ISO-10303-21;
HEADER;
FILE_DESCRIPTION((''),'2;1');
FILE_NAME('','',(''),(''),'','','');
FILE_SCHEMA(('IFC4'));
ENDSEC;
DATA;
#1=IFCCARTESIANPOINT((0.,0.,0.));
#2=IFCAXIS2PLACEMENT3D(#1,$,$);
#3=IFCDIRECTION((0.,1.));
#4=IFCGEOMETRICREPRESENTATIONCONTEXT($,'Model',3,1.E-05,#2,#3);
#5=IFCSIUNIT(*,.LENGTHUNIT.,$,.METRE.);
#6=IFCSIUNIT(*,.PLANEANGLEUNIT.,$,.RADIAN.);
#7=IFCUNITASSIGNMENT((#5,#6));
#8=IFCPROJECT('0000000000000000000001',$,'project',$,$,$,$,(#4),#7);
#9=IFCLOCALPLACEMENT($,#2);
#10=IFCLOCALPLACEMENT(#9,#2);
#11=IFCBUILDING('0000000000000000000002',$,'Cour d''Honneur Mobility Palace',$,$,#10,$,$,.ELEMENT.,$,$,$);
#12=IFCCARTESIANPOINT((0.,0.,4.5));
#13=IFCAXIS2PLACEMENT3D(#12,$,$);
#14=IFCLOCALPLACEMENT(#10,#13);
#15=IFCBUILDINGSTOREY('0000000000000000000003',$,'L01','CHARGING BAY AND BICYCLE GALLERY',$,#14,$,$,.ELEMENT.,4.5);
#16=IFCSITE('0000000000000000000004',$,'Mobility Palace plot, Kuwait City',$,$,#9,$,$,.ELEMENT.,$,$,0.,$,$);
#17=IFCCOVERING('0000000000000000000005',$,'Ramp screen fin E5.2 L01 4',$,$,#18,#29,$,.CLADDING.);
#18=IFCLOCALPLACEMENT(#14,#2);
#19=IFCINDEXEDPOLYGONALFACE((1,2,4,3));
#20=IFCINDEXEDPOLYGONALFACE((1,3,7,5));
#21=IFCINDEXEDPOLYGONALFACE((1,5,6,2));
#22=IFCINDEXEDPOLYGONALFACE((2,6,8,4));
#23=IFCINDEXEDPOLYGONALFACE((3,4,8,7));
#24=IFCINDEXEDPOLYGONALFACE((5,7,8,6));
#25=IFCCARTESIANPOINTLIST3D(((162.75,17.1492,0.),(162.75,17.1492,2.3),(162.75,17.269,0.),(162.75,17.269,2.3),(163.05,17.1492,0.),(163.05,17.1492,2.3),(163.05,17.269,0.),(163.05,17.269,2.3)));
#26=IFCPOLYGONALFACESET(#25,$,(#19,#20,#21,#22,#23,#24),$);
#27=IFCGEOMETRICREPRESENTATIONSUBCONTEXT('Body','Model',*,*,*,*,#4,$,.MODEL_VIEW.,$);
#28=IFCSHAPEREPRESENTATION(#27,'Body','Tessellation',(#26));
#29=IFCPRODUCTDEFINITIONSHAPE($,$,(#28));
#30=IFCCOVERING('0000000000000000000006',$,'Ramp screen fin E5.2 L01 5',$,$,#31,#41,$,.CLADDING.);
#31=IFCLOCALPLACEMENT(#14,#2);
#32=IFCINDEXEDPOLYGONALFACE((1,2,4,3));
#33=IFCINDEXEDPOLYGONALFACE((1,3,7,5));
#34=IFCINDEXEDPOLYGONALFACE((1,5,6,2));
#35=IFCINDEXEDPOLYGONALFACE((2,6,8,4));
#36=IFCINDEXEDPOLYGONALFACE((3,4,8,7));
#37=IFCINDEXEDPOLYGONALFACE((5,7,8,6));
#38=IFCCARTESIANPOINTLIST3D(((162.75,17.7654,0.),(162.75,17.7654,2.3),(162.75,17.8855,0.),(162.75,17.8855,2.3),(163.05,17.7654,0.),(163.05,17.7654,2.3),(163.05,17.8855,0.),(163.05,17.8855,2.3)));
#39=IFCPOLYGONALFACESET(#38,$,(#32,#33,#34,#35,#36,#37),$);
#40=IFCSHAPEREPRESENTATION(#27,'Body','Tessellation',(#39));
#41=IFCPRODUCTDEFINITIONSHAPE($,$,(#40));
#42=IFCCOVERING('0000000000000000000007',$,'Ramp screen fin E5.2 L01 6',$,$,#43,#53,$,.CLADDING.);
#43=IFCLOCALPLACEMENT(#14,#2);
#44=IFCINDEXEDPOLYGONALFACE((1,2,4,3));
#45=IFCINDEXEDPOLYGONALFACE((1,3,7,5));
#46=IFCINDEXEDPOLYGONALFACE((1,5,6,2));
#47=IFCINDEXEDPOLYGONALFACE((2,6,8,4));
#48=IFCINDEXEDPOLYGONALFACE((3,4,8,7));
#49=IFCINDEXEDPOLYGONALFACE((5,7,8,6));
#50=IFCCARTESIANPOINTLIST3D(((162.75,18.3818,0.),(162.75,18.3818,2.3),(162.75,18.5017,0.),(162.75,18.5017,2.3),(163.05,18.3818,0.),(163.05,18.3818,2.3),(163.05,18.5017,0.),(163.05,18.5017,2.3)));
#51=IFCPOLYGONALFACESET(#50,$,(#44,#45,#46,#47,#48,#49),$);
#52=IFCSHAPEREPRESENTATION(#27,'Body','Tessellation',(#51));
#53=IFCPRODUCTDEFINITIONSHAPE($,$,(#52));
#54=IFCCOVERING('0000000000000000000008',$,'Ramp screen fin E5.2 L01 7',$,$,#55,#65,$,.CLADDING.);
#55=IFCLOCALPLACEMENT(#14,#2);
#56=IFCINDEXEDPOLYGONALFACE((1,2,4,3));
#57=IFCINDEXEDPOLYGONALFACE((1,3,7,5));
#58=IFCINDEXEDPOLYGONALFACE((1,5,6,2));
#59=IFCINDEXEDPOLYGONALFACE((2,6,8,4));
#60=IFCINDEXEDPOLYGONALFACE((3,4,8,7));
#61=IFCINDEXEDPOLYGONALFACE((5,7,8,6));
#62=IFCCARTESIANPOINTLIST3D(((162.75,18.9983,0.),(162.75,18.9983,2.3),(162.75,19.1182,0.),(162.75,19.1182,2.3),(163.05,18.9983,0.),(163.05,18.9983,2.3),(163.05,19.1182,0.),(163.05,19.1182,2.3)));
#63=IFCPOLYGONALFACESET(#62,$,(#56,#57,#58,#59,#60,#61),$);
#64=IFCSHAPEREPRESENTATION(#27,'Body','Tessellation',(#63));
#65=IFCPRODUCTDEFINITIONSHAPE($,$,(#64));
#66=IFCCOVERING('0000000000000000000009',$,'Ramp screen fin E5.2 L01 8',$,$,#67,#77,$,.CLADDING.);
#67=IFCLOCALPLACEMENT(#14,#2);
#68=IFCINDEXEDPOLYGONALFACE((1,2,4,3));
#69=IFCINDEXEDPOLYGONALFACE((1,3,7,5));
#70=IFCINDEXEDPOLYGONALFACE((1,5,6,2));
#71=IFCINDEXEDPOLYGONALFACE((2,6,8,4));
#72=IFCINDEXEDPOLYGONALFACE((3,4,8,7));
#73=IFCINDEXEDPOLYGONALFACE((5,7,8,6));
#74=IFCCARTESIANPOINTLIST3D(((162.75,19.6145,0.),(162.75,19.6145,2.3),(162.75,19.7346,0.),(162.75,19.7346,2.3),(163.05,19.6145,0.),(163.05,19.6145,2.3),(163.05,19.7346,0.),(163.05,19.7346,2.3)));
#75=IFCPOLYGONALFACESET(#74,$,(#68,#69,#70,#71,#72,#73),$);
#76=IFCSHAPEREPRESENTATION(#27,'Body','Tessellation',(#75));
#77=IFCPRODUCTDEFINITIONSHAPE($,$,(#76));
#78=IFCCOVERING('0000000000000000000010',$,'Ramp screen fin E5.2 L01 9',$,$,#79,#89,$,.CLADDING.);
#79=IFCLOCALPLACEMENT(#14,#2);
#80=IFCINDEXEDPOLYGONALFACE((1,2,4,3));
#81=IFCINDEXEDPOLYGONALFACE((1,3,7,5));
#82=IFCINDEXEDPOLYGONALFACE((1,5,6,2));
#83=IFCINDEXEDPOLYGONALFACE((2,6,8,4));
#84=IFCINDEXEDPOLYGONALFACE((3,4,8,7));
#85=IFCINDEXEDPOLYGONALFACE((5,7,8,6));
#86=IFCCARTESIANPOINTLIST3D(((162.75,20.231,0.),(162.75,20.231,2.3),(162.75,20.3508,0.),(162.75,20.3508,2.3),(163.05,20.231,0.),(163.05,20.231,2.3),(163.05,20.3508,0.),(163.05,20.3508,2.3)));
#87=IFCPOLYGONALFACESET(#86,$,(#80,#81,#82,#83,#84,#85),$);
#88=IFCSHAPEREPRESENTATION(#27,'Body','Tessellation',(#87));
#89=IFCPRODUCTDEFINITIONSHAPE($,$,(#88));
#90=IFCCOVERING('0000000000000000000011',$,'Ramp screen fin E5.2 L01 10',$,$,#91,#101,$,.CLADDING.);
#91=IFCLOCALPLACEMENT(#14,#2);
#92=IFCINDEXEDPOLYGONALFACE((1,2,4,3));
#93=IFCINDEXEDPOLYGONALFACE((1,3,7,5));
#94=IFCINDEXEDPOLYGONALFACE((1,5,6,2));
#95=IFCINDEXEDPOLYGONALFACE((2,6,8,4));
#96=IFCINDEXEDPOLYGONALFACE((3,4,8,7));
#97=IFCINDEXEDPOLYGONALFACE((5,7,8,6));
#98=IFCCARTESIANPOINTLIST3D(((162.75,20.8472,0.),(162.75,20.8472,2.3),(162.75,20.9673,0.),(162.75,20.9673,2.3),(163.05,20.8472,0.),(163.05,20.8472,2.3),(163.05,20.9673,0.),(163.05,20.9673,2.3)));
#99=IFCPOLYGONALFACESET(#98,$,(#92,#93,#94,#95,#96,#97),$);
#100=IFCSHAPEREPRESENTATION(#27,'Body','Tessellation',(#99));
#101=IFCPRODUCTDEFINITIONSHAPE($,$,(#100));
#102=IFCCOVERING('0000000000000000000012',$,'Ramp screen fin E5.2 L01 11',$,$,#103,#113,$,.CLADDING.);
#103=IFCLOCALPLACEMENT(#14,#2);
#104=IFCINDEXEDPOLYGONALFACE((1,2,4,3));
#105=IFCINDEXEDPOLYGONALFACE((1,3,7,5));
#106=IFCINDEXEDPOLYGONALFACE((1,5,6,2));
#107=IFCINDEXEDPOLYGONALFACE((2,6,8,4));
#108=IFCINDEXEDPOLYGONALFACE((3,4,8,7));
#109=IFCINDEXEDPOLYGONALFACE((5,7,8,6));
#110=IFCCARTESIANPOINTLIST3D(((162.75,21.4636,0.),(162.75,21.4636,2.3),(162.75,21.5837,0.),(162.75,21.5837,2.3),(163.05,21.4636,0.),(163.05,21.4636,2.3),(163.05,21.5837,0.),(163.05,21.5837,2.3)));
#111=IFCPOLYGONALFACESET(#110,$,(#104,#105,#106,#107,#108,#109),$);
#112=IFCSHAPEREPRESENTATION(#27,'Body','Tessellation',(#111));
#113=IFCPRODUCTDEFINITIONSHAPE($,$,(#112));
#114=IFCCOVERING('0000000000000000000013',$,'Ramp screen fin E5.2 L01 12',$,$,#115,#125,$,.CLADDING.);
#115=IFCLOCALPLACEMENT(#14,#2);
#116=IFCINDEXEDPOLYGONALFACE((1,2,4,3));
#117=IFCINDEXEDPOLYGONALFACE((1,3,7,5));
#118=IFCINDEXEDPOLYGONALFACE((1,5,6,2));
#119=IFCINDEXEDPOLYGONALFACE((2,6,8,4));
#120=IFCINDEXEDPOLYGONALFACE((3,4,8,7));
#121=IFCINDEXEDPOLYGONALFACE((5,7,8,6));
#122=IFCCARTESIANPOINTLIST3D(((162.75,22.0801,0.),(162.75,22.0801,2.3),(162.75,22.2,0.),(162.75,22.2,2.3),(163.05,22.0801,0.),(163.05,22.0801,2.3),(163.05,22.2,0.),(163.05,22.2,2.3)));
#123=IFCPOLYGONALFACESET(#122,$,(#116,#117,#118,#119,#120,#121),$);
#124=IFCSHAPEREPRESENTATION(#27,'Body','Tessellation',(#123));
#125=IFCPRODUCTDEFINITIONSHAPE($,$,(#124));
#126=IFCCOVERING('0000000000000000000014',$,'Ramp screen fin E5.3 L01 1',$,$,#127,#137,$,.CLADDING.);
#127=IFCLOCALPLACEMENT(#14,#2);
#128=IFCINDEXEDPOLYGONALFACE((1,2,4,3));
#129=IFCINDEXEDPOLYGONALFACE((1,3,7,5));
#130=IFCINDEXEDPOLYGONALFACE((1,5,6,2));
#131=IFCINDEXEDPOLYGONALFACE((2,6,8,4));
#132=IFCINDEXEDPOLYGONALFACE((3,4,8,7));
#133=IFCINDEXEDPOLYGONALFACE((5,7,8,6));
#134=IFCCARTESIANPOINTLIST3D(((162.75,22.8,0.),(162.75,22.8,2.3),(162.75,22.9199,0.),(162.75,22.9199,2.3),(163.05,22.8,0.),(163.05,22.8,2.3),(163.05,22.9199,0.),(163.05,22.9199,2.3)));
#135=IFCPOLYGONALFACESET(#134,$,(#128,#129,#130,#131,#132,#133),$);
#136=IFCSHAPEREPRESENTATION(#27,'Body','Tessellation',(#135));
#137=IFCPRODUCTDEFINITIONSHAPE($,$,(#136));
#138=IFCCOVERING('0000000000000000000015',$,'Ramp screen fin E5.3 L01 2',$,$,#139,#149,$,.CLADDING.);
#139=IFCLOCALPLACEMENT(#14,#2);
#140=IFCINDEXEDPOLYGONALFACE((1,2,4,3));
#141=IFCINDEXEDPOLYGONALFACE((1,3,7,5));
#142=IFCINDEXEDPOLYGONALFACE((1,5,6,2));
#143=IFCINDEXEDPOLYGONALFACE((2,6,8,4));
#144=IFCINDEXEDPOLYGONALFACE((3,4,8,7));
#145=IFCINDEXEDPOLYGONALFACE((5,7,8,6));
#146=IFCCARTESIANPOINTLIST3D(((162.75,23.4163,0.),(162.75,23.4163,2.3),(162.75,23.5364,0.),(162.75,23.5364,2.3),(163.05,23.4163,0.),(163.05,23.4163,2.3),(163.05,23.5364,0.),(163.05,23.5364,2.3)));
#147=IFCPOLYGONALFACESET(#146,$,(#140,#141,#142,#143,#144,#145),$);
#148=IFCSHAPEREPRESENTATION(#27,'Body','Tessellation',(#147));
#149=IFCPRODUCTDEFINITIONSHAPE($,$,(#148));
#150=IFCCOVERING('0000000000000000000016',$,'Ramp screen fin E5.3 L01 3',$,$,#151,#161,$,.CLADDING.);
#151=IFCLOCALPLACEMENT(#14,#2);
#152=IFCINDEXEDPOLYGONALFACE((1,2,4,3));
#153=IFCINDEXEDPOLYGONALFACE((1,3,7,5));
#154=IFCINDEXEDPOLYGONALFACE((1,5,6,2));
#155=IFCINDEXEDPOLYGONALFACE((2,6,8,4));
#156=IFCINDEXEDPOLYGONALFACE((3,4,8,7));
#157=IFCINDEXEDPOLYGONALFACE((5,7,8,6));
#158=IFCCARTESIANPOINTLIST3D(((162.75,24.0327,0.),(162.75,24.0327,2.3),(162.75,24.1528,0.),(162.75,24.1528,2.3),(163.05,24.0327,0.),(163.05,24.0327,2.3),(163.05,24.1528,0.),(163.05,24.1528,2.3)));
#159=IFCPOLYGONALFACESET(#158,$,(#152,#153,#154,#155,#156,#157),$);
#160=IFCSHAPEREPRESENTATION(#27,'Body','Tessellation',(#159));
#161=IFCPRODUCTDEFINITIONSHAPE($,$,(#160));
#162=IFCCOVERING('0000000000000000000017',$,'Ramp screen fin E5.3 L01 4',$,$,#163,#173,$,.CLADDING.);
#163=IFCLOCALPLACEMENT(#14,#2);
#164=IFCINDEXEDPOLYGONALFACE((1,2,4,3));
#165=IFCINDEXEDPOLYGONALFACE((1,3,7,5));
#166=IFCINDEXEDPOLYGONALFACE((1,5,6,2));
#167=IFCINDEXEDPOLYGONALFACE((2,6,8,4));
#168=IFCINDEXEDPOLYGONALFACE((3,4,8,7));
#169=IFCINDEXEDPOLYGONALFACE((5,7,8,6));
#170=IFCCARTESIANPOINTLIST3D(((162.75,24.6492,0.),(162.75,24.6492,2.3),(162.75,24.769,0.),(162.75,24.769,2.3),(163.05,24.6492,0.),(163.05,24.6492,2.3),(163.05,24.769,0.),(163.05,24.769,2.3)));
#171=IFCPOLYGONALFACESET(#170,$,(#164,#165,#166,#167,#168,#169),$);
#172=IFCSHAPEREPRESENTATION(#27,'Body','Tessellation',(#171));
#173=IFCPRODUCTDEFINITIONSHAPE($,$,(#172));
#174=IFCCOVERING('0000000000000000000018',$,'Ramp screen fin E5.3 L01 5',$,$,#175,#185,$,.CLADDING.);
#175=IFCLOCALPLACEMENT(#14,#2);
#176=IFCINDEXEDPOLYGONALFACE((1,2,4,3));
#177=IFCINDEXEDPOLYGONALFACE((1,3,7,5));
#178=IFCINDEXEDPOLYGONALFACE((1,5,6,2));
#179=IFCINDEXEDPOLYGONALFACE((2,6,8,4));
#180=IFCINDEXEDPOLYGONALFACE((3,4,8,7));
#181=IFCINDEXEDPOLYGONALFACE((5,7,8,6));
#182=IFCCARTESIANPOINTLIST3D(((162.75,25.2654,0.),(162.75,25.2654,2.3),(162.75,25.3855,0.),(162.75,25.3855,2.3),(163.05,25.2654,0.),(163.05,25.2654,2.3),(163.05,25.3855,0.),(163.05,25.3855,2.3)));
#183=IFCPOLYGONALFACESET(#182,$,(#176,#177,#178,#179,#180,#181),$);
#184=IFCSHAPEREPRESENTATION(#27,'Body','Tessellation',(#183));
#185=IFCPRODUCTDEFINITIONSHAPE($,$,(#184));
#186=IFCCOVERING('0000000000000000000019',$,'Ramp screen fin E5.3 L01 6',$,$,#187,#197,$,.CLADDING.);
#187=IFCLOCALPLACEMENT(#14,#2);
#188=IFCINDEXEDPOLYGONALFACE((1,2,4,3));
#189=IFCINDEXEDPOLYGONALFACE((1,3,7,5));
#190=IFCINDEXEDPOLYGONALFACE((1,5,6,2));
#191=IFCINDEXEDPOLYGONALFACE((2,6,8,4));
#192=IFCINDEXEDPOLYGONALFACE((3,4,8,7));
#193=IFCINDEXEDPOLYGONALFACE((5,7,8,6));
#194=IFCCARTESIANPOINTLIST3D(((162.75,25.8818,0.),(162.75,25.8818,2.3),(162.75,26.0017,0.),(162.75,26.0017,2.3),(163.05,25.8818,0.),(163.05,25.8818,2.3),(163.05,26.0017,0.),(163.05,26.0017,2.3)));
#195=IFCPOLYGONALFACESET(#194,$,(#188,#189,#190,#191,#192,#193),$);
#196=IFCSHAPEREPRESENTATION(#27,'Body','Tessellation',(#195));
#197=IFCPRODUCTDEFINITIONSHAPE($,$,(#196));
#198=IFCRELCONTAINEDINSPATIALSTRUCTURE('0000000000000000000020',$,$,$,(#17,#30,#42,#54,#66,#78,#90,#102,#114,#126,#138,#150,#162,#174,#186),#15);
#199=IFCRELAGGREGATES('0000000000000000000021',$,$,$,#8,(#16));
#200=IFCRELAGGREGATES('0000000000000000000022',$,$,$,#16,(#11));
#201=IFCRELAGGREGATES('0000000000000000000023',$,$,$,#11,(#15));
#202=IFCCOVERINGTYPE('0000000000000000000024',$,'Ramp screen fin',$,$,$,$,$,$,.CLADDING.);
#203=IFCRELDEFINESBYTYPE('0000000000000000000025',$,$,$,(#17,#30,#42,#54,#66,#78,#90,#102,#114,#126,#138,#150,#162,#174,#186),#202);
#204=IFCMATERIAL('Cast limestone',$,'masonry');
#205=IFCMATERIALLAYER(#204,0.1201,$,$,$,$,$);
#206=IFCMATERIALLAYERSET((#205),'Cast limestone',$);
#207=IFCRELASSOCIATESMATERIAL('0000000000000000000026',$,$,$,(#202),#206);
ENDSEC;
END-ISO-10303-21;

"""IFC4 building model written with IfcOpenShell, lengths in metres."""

from ifc_helpers import new_model, si_unit, direction, frame, origin, place, context, subcontext, project, spatial, polyline, outline, extrude, material, layer, layer_set, type_object, element, save


model = new_model("IFC4")

# Units and contexts
model_context = context("Model", 3, precision=1e-05, world=origin(), true_north=direction((0.0, 1.0)))
body_context = subcontext(model_context, "Body", "Model", "MODEL_VIEW")
ifc_project = project(units=[si_unit("LENGTHUNIT", "METRE"), si_unit("PLANEANGLEUNIT", "RADIAN")], contexts=[model_context])

# Site, building, storey
site_placement = place(None, origin())
site = spatial("IfcSite", under=ifc_project, at=site_placement, Name="Mobility Palace plot, Kuwait City", CompositionType="ELEMENT", RefElevation=0.0)
building_placement = place(site_placement, origin())
building = spatial("IfcBuilding", under=site, at=building_placement, Name="Cour d'Honneur Mobility Palace", CompositionType="ELEMENT")
storey_placement = place(building_placement, frame((0.0, 0.0, 4.5)))
storey = spatial("IfcBuildingStorey", under=building, at=storey_placement, Name="L01", Description="CHARGING BAY AND BICYCLE GALLERY", CompositionType="ELEMENT", Elevation=4.5)

# Coverings
ifc_material = material(Name="Cast limestone", Category="masonry")
ifc_layer = layer(ifc_material, 0.1201)
ifc_layer_set = layer_set([ifc_layer], Name="Cast limestone")
covering_type = type_object("IfcCoveringType", Name="Ramp screen fin", PredefinedType="CLADDING", material=ifc_layer_set)
covering_1_placement = place(storey_placement, origin())
element("IfcCovering", 1, at=covering_1_placement, inside=storey, type_object=covering_type, Name="Ramp screen fin E5.2 L01 4", PredefinedType="CLADDING", context=body_context, shape_type="SweptSolid", body=[
    extrude(outline(polyline([(162.75, 17.1492), (162.75, 17.269), (163.05, 17.269), (163.05, 17.1492), (162.75, 17.1492)])), origin(), (0.0, 0.0, 1.0), 2.3),
])
covering_2_placement = place(storey_placement, origin())
element("IfcCovering", 2, at=covering_2_placement, inside=storey, type_object=covering_type, Name="Ramp screen fin E5.2 L01 5", PredefinedType="CLADDING", context=body_context, shape_type="SweptSolid", body=[
    extrude(outline(polyline([(162.75, 17.7654), (162.75, 17.8855), (163.05, 17.8855), (163.05, 17.7654), (162.75, 17.7654)])), origin(), (0.0, 0.0, 1.0), 2.3),
])
covering_3_placement = place(storey_placement, origin())
element("IfcCovering", 3, at=covering_3_placement, inside=storey, type_object=covering_type, Name="Ramp screen fin E5.2 L01 6", PredefinedType="CLADDING", context=body_context, shape_type="SweptSolid", body=[
    extrude(outline(polyline([(162.75, 18.3818), (162.75, 18.5017), (163.05, 18.5017), (163.05, 18.3818), (162.75, 18.3818)])), origin(), (0.0, 0.0, 1.0), 2.3),
])
covering_4_placement = place(storey_placement, origin())
element("IfcCovering", 4, at=covering_4_placement, inside=storey, type_object=covering_type, Name="Ramp screen fin E5.2 L01 7", PredefinedType="CLADDING", context=body_context, shape_type="SweptSolid", body=[
    extrude(outline(polyline([(162.75, 18.9983), (162.75, 19.1182), (163.05, 19.1182), (163.05, 18.9983), (162.75, 18.9983)])), origin(), (0.0, 0.0, 1.0), 2.3),
])
covering_5_placement = place(storey_placement, origin())
element("IfcCovering", 5, at=covering_5_placement, inside=storey, type_object=covering_type, Name="Ramp screen fin E5.2 L01 8", PredefinedType="CLADDING", context=body_context, shape_type="SweptSolid", body=[
    extrude(outline(polyline([(162.75, 19.6145), (162.75, 19.7346), (163.05, 19.7346), (163.05, 19.6145), (162.75, 19.6145)])), origin(), (0.0, 0.0, 1.0), 2.3),
])
covering_6_placement = place(storey_placement, origin())
element("IfcCovering", 6, at=covering_6_placement, inside=storey, type_object=covering_type, Name="Ramp screen fin E5.2 L01 9", PredefinedType="CLADDING", context=body_context, shape_type="SweptSolid", body=[
    extrude(outline(polyline([(162.75, 20.231), (162.75, 20.3508), (163.05, 20.3508), (163.05, 20.231), (162.75, 20.231)])), origin(), (0.0, 0.0, 1.0), 2.3),
])
covering_7_placement = place(storey_placement, origin())
element("IfcCovering", 7, at=covering_7_placement, inside=storey, type_object=covering_type, Name="Ramp screen fin E5.2 L01 10", PredefinedType="CLADDING", context=body_context, shape_type="SweptSolid", body=[
    extrude(outline(polyline([(162.75, 20.8472), (162.75, 20.9673), (163.05, 20.9673), (163.05, 20.8472), (162.75, 20.8472)])), origin(), (0.0, 0.0, 1.0), 2.3),
])
covering_8_placement = place(storey_placement, origin())
element("IfcCovering", 8, at=covering_8_placement, inside=storey, type_object=covering_type, Name="Ramp screen fin E5.2 L01 11", PredefinedType="CLADDING", context=body_context, shape_type="SweptSolid", body=[
    extrude(outline(polyline([(162.75, 21.4636), (162.75, 21.5837), (163.05, 21.5837), (163.05, 21.4636), (162.75, 21.4636)])), origin(), (0.0, 0.0, 1.0), 2.3),
])
covering_9_placement = place(storey_placement, origin())
element("IfcCovering", 9, at=covering_9_placement, inside=storey, type_object=covering_type, Name="Ramp screen fin E5.2 L01 12", PredefinedType="CLADDING", context=body_context, shape_type="SweptSolid", body=[
    extrude(outline(polyline([(162.75, 22.0801), (162.75, 22.2), (163.05, 22.2), (163.05, 22.0801), (162.75, 22.0801)])), origin(), (0.0, 0.0, 1.0), 2.3),
])
covering_10_placement = place(storey_placement, origin())
element("IfcCovering", 10, at=covering_10_placement, inside=storey, type_object=covering_type, Name="Ramp screen fin E5.3 L01 1", PredefinedType="CLADDING", context=body_context, shape_type="SweptSolid", body=[
    extrude(outline(polyline([(162.75, 22.8), (162.75, 22.9199), (163.05, 22.9199), (163.05, 22.8), (162.75, 22.8)])), origin(), (0.0, 0.0, 1.0), 2.3),
])
covering_11_placement = place(storey_placement, origin())
element("IfcCovering", 11, at=covering_11_placement, inside=storey, type_object=covering_type, Name="Ramp screen fin E5.3 L01 2", PredefinedType="CLADDING", context=body_context, shape_type="SweptSolid", body=[
    extrude(outline(polyline([(162.75, 23.4163), (162.75, 23.5364), (163.05, 23.5364), (163.05, 23.4163), (162.75, 23.4163)])), origin(), (0.0, 0.0, 1.0), 2.3),
])
covering_12_placement = place(storey_placement, origin())
element("IfcCovering", 12, at=covering_12_placement, inside=storey, type_object=covering_type, Name="Ramp screen fin E5.3 L01 3", PredefinedType="CLADDING", context=body_context, shape_type="SweptSolid", body=[
    extrude(outline(polyline([(162.75, 24.0327), (162.75, 24.1528), (163.05, 24.1528), (163.05, 24.0327), (162.75, 24.0327)])), origin(), (0.0, 0.0, 1.0), 2.3),
])
covering_13_placement = place(storey_placement, origin())
element("IfcCovering", 13, at=covering_13_placement, inside=storey, type_object=covering_type, Name="Ramp screen fin E5.3 L01 4", PredefinedType="CLADDING", context=body_context, shape_type="SweptSolid", body=[
    extrude(outline(polyline([(162.75, 24.6492), (162.75, 24.769), (163.05, 24.769), (163.05, 24.6492), (162.75, 24.6492)])), origin(), (0.0, 0.0, 1.0), 2.3),
])
covering_14_placement = place(storey_placement, origin())
element("IfcCovering", 14, at=covering_14_placement, inside=storey, type_object=covering_type, Name="Ramp screen fin E5.3 L01 5", PredefinedType="CLADDING", context=body_context, shape_type="SweptSolid", body=[
    extrude(outline(polyline([(162.75, 25.2654), (162.75, 25.3855), (163.05, 25.3855), (163.05, 25.2654), (162.75, 25.2654)])), origin(), (0.0, 0.0, 1.0), 2.3),
])
covering_15_placement = place(storey_placement, origin())
element("IfcCovering", 15, at=covering_15_placement, inside=storey, type_object=covering_type, Name="Ramp screen fin E5.3 L01 6", PredefinedType="CLADDING", context=body_context, shape_type="SweptSolid", body=[
    extrude(outline(polyline([(162.75, 25.8818), (162.75, 26.0017), (163.05, 26.0017), (163.05, 25.8818), (162.75, 25.8818)])), origin(), (0.0, 0.0, 1.0), 2.3),
])

save(model, "model.ifc")
